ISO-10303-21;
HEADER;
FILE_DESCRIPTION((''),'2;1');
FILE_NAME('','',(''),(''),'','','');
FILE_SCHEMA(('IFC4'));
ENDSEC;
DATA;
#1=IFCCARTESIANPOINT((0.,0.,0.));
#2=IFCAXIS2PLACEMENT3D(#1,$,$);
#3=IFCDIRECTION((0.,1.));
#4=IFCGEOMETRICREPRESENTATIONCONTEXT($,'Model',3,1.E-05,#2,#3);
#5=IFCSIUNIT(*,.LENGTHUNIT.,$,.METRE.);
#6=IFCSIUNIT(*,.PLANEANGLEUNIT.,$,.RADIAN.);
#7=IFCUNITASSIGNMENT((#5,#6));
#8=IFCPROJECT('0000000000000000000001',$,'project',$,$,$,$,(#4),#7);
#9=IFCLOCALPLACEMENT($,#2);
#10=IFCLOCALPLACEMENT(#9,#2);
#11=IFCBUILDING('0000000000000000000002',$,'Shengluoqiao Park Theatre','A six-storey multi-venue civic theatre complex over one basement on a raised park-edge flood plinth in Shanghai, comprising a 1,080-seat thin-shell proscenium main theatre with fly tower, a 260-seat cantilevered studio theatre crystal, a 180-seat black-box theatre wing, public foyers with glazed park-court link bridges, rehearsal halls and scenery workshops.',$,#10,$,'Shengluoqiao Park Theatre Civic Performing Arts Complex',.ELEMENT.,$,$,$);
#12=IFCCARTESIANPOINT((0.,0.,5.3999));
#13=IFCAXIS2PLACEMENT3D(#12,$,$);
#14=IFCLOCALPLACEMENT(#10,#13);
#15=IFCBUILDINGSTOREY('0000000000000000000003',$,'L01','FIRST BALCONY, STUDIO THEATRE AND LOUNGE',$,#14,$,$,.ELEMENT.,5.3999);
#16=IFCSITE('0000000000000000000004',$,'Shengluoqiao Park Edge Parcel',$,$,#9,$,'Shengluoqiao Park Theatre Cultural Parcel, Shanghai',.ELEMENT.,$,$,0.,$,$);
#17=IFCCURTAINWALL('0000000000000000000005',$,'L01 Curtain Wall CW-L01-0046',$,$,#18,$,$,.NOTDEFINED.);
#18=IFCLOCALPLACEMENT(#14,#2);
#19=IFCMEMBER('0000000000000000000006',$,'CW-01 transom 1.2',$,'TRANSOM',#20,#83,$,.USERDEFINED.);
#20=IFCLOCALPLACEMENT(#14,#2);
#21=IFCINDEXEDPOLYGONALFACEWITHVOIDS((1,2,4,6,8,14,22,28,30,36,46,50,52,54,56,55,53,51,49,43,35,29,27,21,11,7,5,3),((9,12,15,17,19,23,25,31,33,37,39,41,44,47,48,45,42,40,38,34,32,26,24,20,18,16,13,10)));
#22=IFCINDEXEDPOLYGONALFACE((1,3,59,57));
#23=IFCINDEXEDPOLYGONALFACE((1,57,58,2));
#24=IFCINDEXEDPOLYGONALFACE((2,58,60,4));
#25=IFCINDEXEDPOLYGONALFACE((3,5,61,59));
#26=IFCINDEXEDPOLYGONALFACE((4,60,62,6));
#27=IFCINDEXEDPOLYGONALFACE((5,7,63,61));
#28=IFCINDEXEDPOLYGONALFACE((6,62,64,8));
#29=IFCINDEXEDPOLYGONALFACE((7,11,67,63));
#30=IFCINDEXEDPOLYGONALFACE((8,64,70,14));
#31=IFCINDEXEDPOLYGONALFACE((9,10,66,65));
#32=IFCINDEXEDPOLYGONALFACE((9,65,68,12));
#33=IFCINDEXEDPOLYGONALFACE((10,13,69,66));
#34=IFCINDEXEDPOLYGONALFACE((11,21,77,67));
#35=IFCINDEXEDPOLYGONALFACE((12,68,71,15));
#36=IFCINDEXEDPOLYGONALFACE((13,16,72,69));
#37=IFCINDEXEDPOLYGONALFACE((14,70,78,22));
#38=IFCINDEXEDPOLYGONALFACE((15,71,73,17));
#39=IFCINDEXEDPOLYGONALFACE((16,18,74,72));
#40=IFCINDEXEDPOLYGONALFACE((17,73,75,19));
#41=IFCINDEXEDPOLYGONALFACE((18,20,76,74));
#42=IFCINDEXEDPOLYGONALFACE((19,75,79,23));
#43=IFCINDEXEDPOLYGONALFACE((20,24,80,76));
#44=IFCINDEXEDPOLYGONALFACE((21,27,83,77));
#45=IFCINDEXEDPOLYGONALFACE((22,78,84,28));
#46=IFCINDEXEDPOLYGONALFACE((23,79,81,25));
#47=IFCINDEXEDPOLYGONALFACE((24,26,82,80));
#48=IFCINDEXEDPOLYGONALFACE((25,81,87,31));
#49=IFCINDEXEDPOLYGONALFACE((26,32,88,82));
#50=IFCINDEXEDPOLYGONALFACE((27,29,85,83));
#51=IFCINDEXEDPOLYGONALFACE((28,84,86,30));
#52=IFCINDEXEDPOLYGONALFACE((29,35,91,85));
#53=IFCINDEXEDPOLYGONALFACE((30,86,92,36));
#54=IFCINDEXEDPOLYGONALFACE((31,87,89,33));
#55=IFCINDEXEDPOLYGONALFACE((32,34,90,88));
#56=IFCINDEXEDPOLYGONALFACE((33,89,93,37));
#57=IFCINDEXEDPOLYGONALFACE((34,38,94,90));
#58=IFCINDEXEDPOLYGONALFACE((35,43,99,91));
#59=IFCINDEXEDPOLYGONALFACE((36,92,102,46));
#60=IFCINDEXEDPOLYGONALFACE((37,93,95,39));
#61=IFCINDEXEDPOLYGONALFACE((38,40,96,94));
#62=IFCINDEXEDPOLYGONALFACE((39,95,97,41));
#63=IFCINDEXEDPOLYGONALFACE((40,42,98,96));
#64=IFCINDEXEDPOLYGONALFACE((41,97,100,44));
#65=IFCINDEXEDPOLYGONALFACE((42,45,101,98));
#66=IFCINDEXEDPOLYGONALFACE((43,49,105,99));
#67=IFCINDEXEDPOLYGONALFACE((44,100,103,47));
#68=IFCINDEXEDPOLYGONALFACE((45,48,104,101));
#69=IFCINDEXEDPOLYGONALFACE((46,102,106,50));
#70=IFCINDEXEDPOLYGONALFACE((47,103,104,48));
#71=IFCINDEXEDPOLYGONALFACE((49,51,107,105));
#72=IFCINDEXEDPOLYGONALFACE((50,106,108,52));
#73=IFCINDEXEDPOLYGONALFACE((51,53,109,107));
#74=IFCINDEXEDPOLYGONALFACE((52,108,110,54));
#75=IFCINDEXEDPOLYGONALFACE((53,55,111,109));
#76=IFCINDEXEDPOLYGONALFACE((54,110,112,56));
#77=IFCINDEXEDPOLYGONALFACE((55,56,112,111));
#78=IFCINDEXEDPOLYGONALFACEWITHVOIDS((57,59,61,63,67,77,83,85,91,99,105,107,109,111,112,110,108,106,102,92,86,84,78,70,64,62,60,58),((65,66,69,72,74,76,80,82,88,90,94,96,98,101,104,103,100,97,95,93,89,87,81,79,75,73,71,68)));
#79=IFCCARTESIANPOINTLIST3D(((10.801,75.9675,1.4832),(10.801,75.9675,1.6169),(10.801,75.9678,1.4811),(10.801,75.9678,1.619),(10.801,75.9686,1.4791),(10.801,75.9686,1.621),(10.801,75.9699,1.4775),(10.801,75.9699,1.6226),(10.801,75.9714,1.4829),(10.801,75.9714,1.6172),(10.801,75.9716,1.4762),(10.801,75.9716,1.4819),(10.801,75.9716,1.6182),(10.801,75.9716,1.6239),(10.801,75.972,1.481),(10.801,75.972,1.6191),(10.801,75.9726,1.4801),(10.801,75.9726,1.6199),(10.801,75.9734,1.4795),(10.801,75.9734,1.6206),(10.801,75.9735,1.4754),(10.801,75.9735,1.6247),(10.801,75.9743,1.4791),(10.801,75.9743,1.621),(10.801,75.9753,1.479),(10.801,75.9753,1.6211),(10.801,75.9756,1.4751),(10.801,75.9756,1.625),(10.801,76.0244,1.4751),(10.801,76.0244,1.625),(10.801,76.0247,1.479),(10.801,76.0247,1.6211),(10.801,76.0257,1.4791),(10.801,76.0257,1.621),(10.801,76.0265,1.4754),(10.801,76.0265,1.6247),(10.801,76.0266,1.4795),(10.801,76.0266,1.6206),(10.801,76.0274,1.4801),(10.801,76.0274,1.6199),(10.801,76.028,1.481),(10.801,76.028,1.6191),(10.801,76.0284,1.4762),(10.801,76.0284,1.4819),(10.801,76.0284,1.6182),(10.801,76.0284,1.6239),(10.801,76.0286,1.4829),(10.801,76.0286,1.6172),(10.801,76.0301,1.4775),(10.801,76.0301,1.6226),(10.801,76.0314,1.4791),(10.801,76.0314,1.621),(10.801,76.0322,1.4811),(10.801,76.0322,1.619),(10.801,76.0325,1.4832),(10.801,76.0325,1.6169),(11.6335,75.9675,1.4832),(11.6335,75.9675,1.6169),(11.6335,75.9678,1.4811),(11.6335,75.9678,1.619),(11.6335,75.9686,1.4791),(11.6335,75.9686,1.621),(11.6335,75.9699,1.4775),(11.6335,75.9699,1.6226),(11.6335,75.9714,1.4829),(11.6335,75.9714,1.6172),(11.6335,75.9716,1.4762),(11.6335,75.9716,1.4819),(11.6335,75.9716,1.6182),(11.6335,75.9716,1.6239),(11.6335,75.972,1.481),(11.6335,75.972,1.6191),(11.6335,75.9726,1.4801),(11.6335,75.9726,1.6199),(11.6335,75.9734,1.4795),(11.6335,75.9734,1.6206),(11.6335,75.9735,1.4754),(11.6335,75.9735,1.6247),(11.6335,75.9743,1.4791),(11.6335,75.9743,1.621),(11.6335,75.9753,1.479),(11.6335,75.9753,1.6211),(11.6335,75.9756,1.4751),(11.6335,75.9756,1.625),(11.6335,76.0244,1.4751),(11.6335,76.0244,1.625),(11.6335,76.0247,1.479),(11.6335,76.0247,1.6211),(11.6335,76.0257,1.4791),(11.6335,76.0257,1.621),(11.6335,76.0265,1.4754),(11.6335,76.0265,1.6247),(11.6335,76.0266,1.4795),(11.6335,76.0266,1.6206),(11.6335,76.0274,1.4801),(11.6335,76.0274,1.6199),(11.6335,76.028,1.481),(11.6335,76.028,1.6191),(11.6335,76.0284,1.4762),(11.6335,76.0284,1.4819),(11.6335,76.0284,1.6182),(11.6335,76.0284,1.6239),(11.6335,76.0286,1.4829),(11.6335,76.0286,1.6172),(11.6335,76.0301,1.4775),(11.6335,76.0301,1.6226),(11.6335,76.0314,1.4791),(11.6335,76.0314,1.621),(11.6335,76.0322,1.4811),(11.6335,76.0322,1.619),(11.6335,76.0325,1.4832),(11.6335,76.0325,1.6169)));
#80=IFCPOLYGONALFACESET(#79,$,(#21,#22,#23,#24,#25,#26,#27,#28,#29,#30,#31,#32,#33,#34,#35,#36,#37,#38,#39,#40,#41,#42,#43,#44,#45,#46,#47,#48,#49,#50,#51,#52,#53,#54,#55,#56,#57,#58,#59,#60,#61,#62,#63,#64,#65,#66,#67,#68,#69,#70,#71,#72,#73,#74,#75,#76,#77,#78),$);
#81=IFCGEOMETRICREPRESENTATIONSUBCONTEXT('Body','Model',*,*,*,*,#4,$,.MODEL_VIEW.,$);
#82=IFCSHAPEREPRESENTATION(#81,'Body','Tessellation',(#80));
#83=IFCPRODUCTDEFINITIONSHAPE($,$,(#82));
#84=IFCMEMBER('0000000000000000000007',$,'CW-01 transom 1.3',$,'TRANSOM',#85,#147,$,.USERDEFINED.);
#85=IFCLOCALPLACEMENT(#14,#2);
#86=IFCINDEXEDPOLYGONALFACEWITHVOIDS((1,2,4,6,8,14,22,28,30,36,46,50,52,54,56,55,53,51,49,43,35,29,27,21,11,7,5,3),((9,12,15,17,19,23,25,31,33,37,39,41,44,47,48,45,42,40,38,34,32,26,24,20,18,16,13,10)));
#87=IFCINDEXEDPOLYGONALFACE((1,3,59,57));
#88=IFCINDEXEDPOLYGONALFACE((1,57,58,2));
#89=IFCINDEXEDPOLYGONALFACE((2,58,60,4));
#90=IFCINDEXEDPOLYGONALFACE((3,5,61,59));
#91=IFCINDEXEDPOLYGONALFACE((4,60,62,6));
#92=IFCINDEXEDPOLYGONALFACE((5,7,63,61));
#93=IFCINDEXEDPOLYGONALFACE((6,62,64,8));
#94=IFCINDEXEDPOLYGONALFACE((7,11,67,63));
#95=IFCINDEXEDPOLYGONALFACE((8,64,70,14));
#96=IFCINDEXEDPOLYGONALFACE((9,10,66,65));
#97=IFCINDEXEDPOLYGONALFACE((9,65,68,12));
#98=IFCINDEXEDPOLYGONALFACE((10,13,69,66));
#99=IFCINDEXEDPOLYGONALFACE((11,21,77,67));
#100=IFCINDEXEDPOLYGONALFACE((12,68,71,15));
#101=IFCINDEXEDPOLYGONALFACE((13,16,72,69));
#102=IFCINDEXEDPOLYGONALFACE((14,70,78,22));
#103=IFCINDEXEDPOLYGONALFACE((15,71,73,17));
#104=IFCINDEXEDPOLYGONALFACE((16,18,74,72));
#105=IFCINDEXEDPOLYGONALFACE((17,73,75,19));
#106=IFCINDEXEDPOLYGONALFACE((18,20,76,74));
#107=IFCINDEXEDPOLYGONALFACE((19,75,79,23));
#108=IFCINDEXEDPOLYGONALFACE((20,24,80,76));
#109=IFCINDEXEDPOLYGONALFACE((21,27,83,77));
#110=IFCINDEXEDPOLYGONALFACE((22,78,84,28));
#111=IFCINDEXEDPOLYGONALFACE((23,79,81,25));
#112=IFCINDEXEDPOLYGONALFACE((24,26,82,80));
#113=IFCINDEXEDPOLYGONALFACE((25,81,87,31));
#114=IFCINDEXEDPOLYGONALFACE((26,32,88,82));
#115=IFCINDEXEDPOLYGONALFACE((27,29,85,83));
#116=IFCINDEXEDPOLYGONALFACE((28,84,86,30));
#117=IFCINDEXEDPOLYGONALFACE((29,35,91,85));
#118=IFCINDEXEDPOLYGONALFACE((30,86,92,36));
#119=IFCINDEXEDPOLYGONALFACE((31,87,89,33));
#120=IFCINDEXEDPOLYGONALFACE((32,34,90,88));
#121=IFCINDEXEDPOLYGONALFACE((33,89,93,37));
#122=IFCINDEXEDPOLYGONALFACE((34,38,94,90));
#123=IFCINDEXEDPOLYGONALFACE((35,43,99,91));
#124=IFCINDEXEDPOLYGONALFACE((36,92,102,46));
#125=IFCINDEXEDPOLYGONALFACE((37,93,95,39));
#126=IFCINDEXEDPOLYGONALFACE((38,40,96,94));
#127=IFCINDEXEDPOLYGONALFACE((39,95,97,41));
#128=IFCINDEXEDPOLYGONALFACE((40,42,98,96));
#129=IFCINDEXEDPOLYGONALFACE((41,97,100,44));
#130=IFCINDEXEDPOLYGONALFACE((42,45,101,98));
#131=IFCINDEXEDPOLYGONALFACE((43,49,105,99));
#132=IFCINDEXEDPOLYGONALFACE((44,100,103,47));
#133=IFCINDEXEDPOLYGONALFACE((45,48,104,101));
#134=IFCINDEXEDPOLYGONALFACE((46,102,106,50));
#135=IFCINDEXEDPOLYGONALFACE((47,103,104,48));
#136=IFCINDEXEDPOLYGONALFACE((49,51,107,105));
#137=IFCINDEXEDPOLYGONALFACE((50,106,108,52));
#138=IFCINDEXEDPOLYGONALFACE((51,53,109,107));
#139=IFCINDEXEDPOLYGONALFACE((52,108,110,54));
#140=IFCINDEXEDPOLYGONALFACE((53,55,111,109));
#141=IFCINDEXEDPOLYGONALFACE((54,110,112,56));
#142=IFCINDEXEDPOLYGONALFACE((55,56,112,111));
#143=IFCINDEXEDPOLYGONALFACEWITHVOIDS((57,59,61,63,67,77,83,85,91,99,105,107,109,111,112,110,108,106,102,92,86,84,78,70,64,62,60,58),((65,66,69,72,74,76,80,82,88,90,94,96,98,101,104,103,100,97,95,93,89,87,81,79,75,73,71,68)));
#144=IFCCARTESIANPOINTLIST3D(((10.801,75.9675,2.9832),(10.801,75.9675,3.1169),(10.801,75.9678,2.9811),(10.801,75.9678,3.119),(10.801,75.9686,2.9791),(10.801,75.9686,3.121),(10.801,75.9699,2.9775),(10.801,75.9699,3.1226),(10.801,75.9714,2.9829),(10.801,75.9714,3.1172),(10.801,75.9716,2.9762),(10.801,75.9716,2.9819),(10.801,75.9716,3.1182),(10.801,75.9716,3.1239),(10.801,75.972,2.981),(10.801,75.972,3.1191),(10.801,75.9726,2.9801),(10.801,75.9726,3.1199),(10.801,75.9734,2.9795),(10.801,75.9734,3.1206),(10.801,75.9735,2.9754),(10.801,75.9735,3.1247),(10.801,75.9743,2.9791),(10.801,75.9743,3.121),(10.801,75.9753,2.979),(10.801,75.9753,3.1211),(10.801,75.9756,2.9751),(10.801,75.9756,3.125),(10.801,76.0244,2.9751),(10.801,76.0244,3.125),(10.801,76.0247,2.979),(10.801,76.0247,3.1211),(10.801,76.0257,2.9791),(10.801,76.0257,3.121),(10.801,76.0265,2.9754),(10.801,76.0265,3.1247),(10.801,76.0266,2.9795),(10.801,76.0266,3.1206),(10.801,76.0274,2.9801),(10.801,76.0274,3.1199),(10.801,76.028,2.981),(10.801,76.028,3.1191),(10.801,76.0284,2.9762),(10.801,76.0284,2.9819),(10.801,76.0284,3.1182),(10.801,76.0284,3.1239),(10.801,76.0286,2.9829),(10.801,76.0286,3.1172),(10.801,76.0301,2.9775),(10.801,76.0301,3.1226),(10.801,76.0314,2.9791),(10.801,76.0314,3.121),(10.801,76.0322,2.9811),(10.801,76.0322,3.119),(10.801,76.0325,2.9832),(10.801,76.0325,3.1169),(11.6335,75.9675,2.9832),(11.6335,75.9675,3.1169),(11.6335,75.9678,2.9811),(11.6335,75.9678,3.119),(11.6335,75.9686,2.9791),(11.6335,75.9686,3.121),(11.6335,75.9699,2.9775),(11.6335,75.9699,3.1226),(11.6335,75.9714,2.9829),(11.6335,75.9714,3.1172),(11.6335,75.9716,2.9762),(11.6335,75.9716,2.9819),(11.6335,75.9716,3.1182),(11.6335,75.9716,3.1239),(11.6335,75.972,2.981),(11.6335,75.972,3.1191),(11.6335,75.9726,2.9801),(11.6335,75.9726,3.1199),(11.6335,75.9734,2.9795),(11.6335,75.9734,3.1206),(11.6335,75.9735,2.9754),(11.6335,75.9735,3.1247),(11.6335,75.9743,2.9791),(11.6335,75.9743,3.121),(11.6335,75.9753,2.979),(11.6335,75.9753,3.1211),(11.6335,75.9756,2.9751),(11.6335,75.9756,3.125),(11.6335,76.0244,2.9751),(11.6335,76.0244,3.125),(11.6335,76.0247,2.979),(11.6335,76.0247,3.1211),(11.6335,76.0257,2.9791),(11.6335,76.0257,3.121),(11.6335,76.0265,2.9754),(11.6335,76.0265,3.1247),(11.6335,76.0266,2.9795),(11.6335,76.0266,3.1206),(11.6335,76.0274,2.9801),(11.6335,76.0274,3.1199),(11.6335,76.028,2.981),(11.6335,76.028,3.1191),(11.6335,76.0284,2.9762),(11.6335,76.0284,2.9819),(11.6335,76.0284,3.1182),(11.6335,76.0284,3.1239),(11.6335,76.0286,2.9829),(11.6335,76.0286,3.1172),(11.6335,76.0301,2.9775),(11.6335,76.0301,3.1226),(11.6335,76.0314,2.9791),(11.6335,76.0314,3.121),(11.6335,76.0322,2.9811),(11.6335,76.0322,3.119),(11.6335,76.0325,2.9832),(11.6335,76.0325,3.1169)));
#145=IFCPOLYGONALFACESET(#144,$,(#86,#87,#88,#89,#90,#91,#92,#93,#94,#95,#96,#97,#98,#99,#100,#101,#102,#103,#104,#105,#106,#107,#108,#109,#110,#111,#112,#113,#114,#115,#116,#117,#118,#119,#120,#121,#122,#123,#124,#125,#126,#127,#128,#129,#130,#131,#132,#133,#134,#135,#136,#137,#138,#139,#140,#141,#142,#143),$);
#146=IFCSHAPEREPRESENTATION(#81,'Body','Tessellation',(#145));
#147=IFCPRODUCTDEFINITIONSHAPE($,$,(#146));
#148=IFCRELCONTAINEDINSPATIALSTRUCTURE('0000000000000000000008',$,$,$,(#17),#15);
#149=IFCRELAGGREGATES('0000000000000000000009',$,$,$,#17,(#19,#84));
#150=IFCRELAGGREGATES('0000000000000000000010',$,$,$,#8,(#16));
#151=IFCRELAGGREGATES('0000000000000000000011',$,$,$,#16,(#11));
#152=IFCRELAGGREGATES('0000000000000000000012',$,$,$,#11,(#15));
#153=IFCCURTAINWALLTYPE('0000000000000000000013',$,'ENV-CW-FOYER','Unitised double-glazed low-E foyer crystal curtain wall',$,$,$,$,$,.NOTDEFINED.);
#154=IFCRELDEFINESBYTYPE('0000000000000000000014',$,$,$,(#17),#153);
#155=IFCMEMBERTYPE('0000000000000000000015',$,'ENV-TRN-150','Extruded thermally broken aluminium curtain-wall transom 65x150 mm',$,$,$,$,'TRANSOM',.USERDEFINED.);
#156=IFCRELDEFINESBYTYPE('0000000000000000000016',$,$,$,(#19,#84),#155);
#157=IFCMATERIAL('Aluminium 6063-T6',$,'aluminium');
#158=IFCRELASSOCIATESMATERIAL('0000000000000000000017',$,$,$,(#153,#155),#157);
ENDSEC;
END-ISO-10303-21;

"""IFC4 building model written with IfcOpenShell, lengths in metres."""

from ifc_helpers import new_model, si_unit, direction, frame, origin, origin_2d, place, context, subcontext, project, spatial, hollow_rectangle, extrude, material, material_profile, profile_set, type_object, element, aggregate, save


model = new_model("IFC4")

# Units and contexts
model_context = context("Model", 3, precision=1e-05, world=origin(), true_north=direction((0.0, 1.0)))
body_context = subcontext(model_context, "Body", "Model", "MODEL_VIEW")
ifc_project = project(units=[si_unit("LENGTHUNIT", "METRE"), si_unit("PLANEANGLEUNIT", "RADIAN")], contexts=[model_context])

# Site, building, storey
site_placement = place(None, origin())
site = spatial("IfcSite", under=ifc_project, at=site_placement, Name="Shengluoqiao Park Edge Parcel", LongName="Shengluoqiao Park Theatre Cultural Parcel, Shanghai", CompositionType="ELEMENT", RefElevation=0.0)
building_placement = place(site_placement, origin())
building = spatial("IfcBuilding", under=site, at=building_placement, Name="Shengluoqiao Park Theatre", Description="A six-storey multi-venue civic theatre complex over one basement on a raised park-edge flood plinth in Shanghai, comprising a 1,080-seat thin-shell proscenium main theatre with fly tower, a 260-seat cantilevered studio theatre crystal, a 180-seat black-box theatre wing, public foyers with glazed park-court link bridges, rehearsal halls and scenery workshops.", LongName="Shengluoqiao Park Theatre Civic Performing Arts Complex", CompositionType="ELEMENT")
storey_placement = place(building_placement, frame((0.0, 0.0, 5.3999)))
storey = spatial("IfcBuildingStorey", under=building, at=storey_placement, Name="L01", Description="FIRST BALCONY, STUDIO THEATRE AND LOUNGE", CompositionType="ELEMENT", Elevation=5.3999)

# Curtain wall
ifc_material_1 = material(Name="Aluminium 6063-T6", Category="aluminium")
curtain_wall_type = type_object("IfcCurtainWallType", Name="ENV-CW-FOYER", Description="Unitised double-glazed low-E foyer crystal curtain wall", PredefinedType="NOTDEFINED", material=ifc_material_1)
curtain_wall_1_placement = place(storey_placement, origin())
curtain_wall_1 = element("IfcCurtainWall", 1, at=curtain_wall_1_placement, inside=storey, type_object=curtain_wall_type, Name="L01 Curtain Wall CW-L01-0046", PredefinedType="NOTDEFINED")

# Members
ifc_material_profile_1 = material_profile(ifc_material_1, hollow_rectangle(XDim=0.0649, YDim=0.1499, WallThickness=0.0039, InnerFilletRadius=0.0039, OuterFilletRadius=0.0081, at=origin_2d()), Name="ALU TRANSOM 150x65x4")
ifc_profile_set_1 = profile_set([ifc_material_profile_1], Name="Aluminium 6063-T6")
member_type_1 = type_object("IfcMemberType", Name="ENV-TRN-150", Description="Extruded thermally broken aluminium curtain-wall transom 65x150 mm", ElementType="TRANSOM", PredefinedType="USERDEFINED", material=ifc_profile_set_1)
member_1_placement = place(storey_placement, frame((10.801, 76.0, 1.55), z_axis=(1.0, 0.0, 0.0), x_axis=(0.0, 1.0, 0.0)))
member_1 = element("IfcMember", 2, at=member_1_placement, type_object=member_type_1, Name="CW-01 transom 1.2", ObjectType="TRANSOM", PredefinedType="USERDEFINED", context=body_context, shape_type="SweptSolid", body=[
    extrude(hollow_rectangle(XDim=0.0649, YDim=0.1499, WallThickness=0.0039, InnerFilletRadius=0.0039, OuterFilletRadius=0.0081, at=origin_2d()), origin(), (0.0, 0.0, 1.0), 0.8325),
])
member_2_placement = place(storey_placement, frame((10.801, 76.0, 3.05), z_axis=(1.0, 0.0, 0.0), x_axis=(0.0, 1.0, 0.0)))
member_2 = element("IfcMember", 3, at=member_2_placement, type_object=member_type_1, Name="CW-01 transom 1.3", ObjectType="TRANSOM", PredefinedType="USERDEFINED", context=body_context, shape_type="SweptSolid", body=[
    extrude(hollow_rectangle(XDim=0.0649, YDim=0.1499, WallThickness=0.0039, InnerFilletRadius=0.0039, OuterFilletRadius=0.0081, at=origin_2d()), origin(), (0.0, 0.0, 1.0), 0.8325),
])

aggregate(curtain_wall_1, [member_1, member_2])

save(model, "model.ifc")
